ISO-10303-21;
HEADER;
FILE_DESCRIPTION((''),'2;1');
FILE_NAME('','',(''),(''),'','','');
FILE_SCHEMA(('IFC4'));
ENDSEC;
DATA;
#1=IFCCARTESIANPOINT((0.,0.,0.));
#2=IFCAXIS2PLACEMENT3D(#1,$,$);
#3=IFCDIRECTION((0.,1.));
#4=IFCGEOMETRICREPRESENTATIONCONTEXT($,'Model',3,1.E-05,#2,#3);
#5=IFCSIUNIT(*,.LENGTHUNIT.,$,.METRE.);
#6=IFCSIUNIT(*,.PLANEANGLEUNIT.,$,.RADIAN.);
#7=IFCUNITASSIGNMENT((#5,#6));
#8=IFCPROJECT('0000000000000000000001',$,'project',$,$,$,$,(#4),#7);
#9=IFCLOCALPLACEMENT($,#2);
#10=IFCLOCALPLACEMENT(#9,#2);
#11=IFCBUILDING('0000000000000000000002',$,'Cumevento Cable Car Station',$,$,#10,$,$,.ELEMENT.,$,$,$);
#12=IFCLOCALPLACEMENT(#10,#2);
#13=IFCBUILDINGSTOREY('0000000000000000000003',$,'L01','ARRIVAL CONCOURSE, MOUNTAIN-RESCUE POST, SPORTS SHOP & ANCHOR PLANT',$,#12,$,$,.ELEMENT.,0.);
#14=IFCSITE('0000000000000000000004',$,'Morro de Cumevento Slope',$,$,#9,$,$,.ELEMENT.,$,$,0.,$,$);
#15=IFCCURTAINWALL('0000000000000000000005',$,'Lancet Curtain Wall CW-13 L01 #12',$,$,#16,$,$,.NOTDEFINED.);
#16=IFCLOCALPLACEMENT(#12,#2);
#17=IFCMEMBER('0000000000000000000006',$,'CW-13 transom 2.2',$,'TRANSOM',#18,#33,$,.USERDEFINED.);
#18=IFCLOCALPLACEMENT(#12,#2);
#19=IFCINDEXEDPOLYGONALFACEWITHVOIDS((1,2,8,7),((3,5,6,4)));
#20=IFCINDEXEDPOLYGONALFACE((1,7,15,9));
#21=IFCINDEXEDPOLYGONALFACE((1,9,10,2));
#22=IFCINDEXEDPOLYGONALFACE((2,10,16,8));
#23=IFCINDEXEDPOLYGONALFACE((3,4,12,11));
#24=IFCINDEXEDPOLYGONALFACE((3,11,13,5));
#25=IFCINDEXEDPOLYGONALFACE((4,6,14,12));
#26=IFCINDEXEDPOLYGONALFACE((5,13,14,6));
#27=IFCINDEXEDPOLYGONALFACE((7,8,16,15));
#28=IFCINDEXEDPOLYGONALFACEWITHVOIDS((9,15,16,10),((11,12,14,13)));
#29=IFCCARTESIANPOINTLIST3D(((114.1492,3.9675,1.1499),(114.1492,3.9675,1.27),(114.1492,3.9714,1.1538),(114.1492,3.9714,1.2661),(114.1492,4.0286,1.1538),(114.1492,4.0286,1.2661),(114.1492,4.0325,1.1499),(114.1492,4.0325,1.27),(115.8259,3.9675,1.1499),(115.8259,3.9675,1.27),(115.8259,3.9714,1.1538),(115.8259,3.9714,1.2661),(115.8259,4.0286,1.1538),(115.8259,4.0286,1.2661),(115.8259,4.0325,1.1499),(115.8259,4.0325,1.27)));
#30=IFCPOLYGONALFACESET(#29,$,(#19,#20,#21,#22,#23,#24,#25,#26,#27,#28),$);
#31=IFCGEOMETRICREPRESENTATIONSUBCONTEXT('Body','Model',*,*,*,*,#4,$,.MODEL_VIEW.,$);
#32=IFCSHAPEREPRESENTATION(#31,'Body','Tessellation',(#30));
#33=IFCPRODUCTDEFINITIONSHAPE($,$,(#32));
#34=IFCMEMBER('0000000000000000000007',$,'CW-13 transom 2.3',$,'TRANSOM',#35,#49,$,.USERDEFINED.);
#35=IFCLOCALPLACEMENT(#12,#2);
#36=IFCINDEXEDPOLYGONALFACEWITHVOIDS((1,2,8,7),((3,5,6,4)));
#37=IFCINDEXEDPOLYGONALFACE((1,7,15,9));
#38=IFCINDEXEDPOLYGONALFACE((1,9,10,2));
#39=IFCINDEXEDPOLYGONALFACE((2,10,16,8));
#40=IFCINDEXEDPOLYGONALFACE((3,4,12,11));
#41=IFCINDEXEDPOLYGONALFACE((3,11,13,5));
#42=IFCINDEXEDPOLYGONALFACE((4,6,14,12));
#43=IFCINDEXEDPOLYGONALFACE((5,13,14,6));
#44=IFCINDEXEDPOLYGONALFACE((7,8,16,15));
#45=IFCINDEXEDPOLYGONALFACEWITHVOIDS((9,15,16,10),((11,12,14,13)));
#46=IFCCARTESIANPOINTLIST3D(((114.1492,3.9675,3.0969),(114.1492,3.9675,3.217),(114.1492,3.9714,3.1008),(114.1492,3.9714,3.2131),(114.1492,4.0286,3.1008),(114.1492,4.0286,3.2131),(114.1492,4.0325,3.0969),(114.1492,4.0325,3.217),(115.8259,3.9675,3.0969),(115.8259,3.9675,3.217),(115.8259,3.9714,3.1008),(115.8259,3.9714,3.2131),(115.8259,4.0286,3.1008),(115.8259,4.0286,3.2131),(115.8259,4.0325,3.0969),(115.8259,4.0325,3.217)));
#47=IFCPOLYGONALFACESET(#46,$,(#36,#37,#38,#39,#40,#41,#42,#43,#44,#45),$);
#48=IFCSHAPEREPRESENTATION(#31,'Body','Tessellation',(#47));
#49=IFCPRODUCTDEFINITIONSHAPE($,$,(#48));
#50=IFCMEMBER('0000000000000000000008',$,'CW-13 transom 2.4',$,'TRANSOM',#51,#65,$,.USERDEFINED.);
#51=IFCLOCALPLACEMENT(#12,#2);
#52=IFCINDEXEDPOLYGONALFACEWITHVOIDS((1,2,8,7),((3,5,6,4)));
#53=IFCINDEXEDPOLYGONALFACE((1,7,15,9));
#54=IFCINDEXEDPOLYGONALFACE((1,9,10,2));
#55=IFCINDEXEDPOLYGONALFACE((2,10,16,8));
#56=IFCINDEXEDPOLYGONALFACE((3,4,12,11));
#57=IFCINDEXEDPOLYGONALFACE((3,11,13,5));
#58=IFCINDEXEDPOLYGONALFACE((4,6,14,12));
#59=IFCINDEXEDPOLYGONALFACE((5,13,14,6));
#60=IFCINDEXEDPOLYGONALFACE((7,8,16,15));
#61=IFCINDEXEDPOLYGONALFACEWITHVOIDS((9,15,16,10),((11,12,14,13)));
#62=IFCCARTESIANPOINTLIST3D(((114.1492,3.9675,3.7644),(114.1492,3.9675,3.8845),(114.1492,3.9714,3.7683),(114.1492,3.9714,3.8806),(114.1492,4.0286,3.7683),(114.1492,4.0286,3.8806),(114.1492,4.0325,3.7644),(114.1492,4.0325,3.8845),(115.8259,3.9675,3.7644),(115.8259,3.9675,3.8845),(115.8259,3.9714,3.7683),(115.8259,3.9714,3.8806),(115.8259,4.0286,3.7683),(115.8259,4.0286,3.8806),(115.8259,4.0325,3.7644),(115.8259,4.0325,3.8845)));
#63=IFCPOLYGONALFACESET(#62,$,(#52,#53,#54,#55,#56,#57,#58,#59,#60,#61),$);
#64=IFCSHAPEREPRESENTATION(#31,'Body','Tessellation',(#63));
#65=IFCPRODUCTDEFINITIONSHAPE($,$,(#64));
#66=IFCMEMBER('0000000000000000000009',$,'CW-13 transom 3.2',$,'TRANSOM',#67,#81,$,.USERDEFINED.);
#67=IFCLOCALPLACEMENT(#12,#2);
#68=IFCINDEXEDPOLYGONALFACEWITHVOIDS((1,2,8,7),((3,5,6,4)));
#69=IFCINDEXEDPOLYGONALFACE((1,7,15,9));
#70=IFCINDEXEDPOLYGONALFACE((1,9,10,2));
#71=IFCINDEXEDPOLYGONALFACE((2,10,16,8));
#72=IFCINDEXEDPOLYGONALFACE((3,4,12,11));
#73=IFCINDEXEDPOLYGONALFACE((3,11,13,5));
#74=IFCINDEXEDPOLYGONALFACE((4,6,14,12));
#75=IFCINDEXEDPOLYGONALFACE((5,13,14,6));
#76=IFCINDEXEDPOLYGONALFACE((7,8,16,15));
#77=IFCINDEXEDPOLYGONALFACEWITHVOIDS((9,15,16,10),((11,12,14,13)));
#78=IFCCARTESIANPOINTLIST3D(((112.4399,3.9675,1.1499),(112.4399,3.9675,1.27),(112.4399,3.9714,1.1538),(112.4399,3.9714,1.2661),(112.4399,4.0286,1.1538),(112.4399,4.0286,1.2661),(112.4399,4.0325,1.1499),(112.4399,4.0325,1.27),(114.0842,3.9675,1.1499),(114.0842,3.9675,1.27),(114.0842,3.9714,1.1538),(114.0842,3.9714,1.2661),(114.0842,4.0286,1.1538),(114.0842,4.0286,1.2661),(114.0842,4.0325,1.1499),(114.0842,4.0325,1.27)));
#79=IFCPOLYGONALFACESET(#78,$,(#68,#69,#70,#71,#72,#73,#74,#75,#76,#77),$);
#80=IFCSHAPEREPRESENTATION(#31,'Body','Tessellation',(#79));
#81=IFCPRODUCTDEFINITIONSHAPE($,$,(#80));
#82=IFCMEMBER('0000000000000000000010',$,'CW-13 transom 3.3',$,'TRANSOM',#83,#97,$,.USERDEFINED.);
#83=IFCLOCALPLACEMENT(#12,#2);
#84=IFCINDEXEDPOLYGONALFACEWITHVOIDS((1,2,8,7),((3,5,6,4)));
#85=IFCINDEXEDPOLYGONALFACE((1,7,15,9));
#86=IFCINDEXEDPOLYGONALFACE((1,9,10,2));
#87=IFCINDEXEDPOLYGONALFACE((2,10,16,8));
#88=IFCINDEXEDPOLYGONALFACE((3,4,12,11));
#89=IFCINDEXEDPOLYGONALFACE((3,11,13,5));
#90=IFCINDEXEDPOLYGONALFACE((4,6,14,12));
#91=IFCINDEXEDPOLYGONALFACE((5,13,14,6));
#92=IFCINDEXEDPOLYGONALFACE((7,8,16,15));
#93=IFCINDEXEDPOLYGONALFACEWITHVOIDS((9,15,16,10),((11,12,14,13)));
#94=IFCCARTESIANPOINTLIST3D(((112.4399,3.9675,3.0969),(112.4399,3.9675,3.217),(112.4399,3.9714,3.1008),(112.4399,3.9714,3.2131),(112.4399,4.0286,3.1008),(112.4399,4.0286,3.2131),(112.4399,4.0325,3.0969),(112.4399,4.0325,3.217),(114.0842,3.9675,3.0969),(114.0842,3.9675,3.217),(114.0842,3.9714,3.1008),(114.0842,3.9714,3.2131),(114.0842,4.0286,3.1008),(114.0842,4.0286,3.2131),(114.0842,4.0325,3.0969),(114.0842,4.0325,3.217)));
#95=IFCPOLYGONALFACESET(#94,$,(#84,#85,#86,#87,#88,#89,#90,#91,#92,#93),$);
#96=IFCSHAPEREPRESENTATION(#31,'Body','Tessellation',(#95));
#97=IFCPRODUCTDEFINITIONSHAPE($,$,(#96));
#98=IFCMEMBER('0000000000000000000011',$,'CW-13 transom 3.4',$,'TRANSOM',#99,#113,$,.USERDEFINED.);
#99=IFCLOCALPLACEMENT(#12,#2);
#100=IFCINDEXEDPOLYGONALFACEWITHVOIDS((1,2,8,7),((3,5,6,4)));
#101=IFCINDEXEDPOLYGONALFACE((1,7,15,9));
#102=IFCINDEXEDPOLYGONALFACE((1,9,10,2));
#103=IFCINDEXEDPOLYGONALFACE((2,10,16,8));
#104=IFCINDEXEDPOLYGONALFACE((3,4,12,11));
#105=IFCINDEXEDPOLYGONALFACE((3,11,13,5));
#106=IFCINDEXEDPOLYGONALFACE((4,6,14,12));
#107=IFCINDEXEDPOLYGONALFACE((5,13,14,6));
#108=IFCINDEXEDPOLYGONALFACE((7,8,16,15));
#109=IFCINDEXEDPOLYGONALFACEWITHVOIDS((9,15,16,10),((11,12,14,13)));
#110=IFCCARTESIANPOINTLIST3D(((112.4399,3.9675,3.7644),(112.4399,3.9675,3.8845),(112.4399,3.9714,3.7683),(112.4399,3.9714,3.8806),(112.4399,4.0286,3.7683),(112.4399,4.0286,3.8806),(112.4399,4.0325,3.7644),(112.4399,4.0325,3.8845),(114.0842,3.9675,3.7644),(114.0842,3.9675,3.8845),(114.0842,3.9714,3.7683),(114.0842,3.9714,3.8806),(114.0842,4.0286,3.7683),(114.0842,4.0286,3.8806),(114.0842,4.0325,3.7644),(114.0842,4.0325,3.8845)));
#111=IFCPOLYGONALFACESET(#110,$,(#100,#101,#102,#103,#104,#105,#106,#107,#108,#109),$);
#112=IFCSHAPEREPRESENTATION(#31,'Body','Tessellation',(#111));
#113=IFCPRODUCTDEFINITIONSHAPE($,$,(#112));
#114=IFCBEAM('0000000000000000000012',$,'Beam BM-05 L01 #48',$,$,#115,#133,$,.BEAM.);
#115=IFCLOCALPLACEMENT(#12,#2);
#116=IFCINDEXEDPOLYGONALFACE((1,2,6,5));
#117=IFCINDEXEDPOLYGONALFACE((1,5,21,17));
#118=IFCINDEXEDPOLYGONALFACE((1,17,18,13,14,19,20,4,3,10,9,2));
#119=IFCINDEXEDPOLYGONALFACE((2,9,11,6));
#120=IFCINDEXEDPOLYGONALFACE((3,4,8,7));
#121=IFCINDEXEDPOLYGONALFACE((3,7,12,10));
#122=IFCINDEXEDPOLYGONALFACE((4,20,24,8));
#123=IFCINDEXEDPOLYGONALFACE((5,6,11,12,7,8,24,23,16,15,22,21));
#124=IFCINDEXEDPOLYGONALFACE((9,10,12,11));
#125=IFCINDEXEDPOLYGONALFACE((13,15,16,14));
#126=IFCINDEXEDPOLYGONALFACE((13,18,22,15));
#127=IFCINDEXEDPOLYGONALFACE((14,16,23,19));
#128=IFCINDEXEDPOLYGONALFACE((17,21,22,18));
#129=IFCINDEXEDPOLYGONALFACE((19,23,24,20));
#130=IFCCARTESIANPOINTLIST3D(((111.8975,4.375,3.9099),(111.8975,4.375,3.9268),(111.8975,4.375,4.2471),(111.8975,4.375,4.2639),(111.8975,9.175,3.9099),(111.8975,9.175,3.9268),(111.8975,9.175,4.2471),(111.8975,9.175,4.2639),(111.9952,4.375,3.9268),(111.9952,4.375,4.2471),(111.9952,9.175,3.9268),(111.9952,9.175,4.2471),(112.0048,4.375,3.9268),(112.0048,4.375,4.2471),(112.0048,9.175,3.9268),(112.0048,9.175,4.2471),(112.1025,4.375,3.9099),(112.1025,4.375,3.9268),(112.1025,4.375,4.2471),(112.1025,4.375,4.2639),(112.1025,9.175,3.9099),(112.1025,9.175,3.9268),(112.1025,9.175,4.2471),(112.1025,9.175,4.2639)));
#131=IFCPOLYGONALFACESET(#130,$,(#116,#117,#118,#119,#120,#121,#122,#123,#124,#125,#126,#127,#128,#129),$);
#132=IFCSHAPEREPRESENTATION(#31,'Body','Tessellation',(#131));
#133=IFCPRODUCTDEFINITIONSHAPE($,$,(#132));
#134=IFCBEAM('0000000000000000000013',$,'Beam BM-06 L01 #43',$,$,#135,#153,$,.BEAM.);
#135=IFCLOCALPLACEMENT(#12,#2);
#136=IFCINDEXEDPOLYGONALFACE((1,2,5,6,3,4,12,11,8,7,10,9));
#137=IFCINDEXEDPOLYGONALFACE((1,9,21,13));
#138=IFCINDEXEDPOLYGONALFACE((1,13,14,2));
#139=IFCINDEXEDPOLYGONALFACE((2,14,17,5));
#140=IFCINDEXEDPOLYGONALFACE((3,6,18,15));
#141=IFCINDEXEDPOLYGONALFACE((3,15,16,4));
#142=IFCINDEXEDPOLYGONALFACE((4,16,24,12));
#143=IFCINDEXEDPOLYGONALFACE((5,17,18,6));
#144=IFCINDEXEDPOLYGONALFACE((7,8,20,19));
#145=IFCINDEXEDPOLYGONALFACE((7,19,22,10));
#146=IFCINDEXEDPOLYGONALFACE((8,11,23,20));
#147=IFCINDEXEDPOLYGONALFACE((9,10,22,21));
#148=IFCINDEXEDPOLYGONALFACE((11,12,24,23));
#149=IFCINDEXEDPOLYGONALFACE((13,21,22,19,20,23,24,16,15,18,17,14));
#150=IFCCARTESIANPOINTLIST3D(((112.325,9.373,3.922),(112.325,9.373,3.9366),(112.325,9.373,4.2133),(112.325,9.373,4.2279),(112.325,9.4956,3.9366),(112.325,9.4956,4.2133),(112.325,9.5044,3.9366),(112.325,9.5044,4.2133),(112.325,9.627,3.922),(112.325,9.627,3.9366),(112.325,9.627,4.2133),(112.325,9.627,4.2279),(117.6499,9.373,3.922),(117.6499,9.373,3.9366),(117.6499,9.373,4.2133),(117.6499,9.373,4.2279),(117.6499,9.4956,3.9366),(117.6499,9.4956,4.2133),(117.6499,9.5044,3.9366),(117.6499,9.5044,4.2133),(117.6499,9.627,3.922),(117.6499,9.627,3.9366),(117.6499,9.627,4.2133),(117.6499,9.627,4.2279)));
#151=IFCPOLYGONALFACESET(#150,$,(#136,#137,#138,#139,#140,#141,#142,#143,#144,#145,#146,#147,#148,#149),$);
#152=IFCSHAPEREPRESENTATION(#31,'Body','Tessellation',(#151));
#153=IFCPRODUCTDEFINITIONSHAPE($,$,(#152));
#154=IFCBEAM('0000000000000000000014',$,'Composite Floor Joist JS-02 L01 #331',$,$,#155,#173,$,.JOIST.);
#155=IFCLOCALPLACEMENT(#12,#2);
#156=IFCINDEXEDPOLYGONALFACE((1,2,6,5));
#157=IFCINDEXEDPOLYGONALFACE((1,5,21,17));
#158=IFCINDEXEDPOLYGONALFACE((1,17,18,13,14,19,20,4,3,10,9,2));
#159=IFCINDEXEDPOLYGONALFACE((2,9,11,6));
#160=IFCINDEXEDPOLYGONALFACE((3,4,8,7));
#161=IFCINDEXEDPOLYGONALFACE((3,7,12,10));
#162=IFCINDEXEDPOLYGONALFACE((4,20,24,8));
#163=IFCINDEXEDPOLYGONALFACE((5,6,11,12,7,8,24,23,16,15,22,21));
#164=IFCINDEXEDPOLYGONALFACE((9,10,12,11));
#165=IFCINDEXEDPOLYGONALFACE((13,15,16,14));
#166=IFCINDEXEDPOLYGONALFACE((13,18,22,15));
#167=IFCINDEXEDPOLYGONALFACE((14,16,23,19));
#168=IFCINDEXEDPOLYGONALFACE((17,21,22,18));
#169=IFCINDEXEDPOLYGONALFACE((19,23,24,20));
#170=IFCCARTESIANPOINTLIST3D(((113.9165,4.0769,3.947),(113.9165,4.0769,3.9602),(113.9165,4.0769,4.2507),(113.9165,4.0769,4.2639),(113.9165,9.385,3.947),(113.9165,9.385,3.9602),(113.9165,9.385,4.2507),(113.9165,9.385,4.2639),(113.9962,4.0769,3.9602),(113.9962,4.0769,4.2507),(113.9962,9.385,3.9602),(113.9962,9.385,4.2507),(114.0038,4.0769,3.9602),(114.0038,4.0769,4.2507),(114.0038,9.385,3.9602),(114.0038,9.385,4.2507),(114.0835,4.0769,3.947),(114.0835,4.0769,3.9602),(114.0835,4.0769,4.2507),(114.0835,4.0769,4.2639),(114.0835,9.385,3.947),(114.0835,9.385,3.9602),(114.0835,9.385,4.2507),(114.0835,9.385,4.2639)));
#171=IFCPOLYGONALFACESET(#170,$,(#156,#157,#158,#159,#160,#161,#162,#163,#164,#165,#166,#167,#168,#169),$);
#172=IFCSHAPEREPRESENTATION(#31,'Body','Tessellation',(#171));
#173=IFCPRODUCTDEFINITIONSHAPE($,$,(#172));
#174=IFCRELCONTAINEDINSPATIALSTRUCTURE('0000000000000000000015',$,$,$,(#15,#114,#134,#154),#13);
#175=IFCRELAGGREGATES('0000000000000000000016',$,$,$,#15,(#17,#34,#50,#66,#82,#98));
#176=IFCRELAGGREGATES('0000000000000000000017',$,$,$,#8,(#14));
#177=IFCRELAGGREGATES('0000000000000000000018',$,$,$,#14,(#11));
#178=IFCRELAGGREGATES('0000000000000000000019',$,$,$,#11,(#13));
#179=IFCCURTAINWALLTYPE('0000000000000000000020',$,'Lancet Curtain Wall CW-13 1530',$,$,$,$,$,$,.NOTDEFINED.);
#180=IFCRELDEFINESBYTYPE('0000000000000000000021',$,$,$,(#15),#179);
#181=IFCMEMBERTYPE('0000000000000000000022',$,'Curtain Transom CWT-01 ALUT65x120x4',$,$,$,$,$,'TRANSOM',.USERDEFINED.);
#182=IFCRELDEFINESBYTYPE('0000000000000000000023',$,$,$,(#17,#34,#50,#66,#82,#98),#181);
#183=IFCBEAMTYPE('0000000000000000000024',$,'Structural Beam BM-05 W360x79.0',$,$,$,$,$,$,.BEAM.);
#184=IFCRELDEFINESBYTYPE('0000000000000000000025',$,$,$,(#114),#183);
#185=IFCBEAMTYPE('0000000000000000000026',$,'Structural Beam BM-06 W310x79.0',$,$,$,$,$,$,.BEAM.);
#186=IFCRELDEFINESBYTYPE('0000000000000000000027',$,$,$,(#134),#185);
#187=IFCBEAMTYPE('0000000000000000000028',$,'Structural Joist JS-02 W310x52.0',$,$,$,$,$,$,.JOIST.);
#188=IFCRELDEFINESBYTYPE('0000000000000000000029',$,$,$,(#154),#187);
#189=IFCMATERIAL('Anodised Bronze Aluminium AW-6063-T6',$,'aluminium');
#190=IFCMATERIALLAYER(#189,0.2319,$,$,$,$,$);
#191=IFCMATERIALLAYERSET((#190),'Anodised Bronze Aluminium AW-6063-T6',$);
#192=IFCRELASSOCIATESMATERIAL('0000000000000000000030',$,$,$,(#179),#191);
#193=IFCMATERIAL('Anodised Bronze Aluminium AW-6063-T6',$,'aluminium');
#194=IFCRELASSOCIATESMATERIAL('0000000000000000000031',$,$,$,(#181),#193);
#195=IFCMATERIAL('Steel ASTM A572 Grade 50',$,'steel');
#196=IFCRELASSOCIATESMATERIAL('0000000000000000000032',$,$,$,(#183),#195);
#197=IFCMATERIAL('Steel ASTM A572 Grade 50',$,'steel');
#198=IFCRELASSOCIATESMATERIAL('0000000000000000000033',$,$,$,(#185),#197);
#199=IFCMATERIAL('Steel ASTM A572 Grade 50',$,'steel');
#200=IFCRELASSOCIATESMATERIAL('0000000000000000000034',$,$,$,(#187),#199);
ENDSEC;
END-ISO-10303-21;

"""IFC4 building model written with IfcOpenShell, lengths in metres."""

from ifc_helpers import new_model, si_unit, direction, frame, origin, origin_2d, place, context, subcontext, project, spatial, hollow_rectangle, i_section, extrude, material, layer, layer_set, material_profile, profile_set, type_object, element, aggregate, save


model = new_model("IFC4")

# Units and contexts
model_context = context("Model", 3, precision=1e-05, world=origin(), true_north=direction((0.0, 1.0)))
body_context = subcontext(model_context, "Body", "Model", "MODEL_VIEW")
ifc_project = project(units=[si_unit("LENGTHUNIT", "METRE"), si_unit("PLANEANGLEUNIT", "RADIAN")], contexts=[model_context])

# Site, building, storey
site_placement = place(None, origin())
site = spatial("IfcSite", under=ifc_project, at=site_placement, Name="Morro de Cumevento Slope", CompositionType="ELEMENT", RefElevation=0.0)
building_placement = place(site_placement, origin())
building = spatial("IfcBuilding", under=site, at=building_placement, Name="Cumevento Cable Car Station", CompositionType="ELEMENT")
storey_placement = place(building_placement, origin())
storey = spatial("IfcBuildingStorey", under=building, at=storey_placement, Name="L01", Description="ARRIVAL CONCOURSE, MOUNTAIN-RESCUE POST, SPORTS SHOP & ANCHOR PLANT", CompositionType="ELEMENT", Elevation=0.0)

# Curtain wall, members
ifc_material_1 = material(Name="Anodised Bronze Aluminium AW-6063-T6", Category="aluminium")
ifc_layer_1 = layer(ifc_material_1, 0.2319)
ifc_layer_set_1 = layer_set([ifc_layer_1], Name="Anodised Bronze Aluminium AW-6063-T6")
curtain_wall_type = type_object("IfcCurtainWallType", Name="Lancet Curtain Wall CW-13 1530", PredefinedType="NOTDEFINED", material=ifc_layer_set_1)
curtain_wall_placement = place(storey_placement, origin())
curtain_wall = element("IfcCurtainWall", 1, at=curtain_wall_placement, inside=storey, type_object=curtain_wall_type, Name="Lancet Curtain Wall CW-13 L01 #12", PredefinedType="NOTDEFINED")
ifc_material_2 = material(Name="Anodised Bronze Aluminium AW-6063-T6", Category="aluminium")
ifc_material_profile_1 = material_profile(ifc_material_2, hollow_rectangle(XDim=0.0649, YDim=0.1201, WallThickness=0.0039, at=origin_2d()), Name="ALUT65x120x4")
ifc_profile_set_1 = profile_set([ifc_material_profile_1], Name="Anodised Bronze Aluminium AW-6063-T6")
member_type = type_object("IfcMemberType", Name="Curtain Transom CWT-01 ALUT65x120x4", ElementType="TRANSOM", PredefinedType="USERDEFINED", material=ifc_profile_set_1)
member_1_placement = place(storey_placement, frame((115.8259, 4.0, 1.21), z_axis=(-1.0, 0.0, 0.0), x_axis=(0.0, -1.0, 0.0)))
member_1 = element("IfcMember", 2, at=member_1_placement, type_object=member_type, Name="CW-13 transom 2.2", ObjectType="TRANSOM", PredefinedType="USERDEFINED", context=body_context, shape_type="SweptSolid", body=[
    extrude(hollow_rectangle(XDim=0.0649, YDim=0.1201, WallThickness=0.0039, at=origin_2d()), origin(), (0.0, 0.0, 1.0), 1.6768),
])
member_2_placement = place(storey_placement, frame((115.8259, 4.0, 3.157), z_axis=(-1.0, 0.0, 0.0), x_axis=(0.0, -1.0, 0.0)))
member_2 = element("IfcMember", 3, at=member_2_placement, type_object=member_type, Name="CW-13 transom 2.3", ObjectType="TRANSOM", PredefinedType="USERDEFINED", context=body_context, shape_type="SweptSolid", body=[
    extrude(hollow_rectangle(XDim=0.0649, YDim=0.1201, WallThickness=0.0039, at=origin_2d()), origin(), (0.0, 0.0, 1.0), 1.6768),
])
member_3_placement = place(storey_placement, frame((115.8259, 4.0, 3.8245), z_axis=(-1.0, 0.0, 0.0), x_axis=(0.0, -1.0, 0.0)))
member_3 = element("IfcMember", 4, at=member_3_placement, type_object=member_type, Name="CW-13 transom 2.4", ObjectType="TRANSOM", PredefinedType="USERDEFINED", context=body_context, shape_type="SweptSolid", body=[
    extrude(hollow_rectangle(XDim=0.0649, YDim=0.1201, WallThickness=0.0039, at=origin_2d()), origin(), (0.0, 0.0, 1.0), 1.6768),
])
member_4_placement = place(storey_placement, frame((114.0842, 4.0, 1.21), z_axis=(-1.0, 0.0, 0.0), x_axis=(0.0, -1.0, 0.0)))
member_4 = element("IfcMember", 5, at=member_4_placement, type_object=member_type, Name="CW-13 transom 3.2", ObjectType="TRANSOM", PredefinedType="USERDEFINED", context=body_context, shape_type="SweptSolid", body=[
    extrude(hollow_rectangle(XDim=0.0649, YDim=0.1201, WallThickness=0.0039, at=origin_2d()), origin(), (0.0, 0.0, 1.0), 1.6443),
])
member_5_placement = place(storey_placement, frame((114.0842, 4.0, 3.157), z_axis=(-1.0, 0.0, 0.0), x_axis=(0.0, -1.0, 0.0)))
member_5 = element("IfcMember", 6, at=member_5_placement, type_object=member_type, Name="CW-13 transom 3.3", ObjectType="TRANSOM", PredefinedType="USERDEFINED", context=body_context, shape_type="SweptSolid", body=[
    extrude(hollow_rectangle(XDim=0.0649, YDim=0.1201, WallThickness=0.0039, at=origin_2d()), origin(), (0.0, 0.0, 1.0), 1.6443),
])
member_6_placement = place(storey_placement, frame((114.0842, 4.0, 3.8245), z_axis=(-1.0, 0.0, 0.0), x_axis=(0.0, -1.0, 0.0)))
member_6 = element("IfcMember", 7, at=member_6_placement, type_object=member_type, Name="CW-13 transom 3.4", ObjectType="TRANSOM", PredefinedType="USERDEFINED", context=body_context, shape_type="SweptSolid", body=[
    extrude(hollow_rectangle(XDim=0.0649, YDim=0.1201, WallThickness=0.0039, at=origin_2d()), origin(), (0.0, 0.0, 1.0), 1.6443),
])

# Beams
ifc_material_3 = material(Name="Steel ASTM A572 Grade 50", Category="steel")
ifc_material_profile_2 = material_profile(ifc_material_3, i_section(OverallWidth=0.2051, OverallDepth=0.354, WebThickness=0.0095, FlangeThickness=0.0168, at=origin_2d()), Name="W360x79.0")
ifc_profile_set_2 = profile_set([ifc_material_profile_2], Name="Steel ASTM A572 Grade 50")
beam_type_1 = type_object("IfcBeamType", Name="Structural Beam BM-05 W360x79.0", PredefinedType="BEAM", material=ifc_profile_set_2)
beam_1_placement = place(storey_placement, frame((112.0, 4.375, 4.0869), z_axis=(0.0, 1.0, 0.0), x_axis=(-1.0, 0.0, 0.0)))
element("IfcBeam", 8, at=beam_1_placement, inside=storey, type_object=beam_type_1, Name="Beam BM-05 L01 #48", PredefinedType="BEAM", context=body_context, shape_type="SweptSolid", body=[
    extrude(i_section(OverallWidth=0.2051, OverallDepth=0.354, WebThickness=0.0095, FlangeThickness=0.0168, at=origin_2d()), origin(), (0.0, 0.0, 1.0), 4.8),
])
ifc_material_4 = material(Name="Steel ASTM A572 Grade 50", Category="steel")
ifc_material_profile_3 = material_profile(ifc_material_4, i_section(OverallWidth=0.2539, OverallDepth=0.3059, WebThickness=0.0088, FlangeThickness=0.0146, at=origin_2d()), Name="W310x79.0")
ifc_profile_set_3 = profile_set([ifc_material_profile_3], Name="Steel ASTM A572 Grade 50")
beam_type_2 = type_object("IfcBeamType", Name="Structural Beam BM-06 W310x79.0", PredefinedType="BEAM", material=ifc_profile_set_3)
beam_2_placement = place(storey_placement, frame((112.325, 9.5, 4.075), z_axis=(1.0, 0.0, 0.0), x_axis=(0.0, 1.0, 0.0)))
element("IfcBeam", 9, at=beam_2_placement, inside=storey, type_object=beam_type_2, Name="Beam BM-06 L01 #43", PredefinedType="BEAM", context=body_context, shape_type="SweptSolid", body=[
    extrude(i_section(OverallWidth=0.2539, OverallDepth=0.3059, WebThickness=0.0088, FlangeThickness=0.0146, at=origin_2d()), origin(), (0.0, 0.0, 1.0), 5.325),
])
ifc_material_5 = material(Name="Steel ASTM A572 Grade 50", Category="steel")
ifc_material_profile_4 = material_profile(ifc_material_5, i_section(OverallWidth=0.167, OverallDepth=0.3169, WebThickness=0.0076, FlangeThickness=0.0132, at=origin_2d()), Name="W310x52.0")
ifc_profile_set_4 = profile_set([ifc_material_profile_4], Name="Steel ASTM A572 Grade 50")
beam_type_3 = type_object("IfcBeamType", Name="Structural Joist JS-02 W310x52.0", PredefinedType="JOIST", material=ifc_profile_set_4)
beam_3_placement = place(storey_placement, frame((114.0, 4.0769, 4.1055), z_axis=(0.0, 1.0, 0.0), x_axis=(-1.0, 0.0, 0.0)))
element("IfcBeam", 10, at=beam_3_placement, inside=storey, type_object=beam_type_3, Name="Composite Floor Joist JS-02 L01 #331", PredefinedType="JOIST", context=body_context, shape_type="SweptSolid", body=[
    extrude(i_section(OverallWidth=0.167, OverallDepth=0.3169, WebThickness=0.0076, FlangeThickness=0.0132, at=origin_2d()), origin(), (0.0, 0.0, 1.0), 5.3081),
])

aggregate(curtain_wall, [member_1, member_2, member_3, member_4, member_5, member_6])

save(model, "model.ifc")
